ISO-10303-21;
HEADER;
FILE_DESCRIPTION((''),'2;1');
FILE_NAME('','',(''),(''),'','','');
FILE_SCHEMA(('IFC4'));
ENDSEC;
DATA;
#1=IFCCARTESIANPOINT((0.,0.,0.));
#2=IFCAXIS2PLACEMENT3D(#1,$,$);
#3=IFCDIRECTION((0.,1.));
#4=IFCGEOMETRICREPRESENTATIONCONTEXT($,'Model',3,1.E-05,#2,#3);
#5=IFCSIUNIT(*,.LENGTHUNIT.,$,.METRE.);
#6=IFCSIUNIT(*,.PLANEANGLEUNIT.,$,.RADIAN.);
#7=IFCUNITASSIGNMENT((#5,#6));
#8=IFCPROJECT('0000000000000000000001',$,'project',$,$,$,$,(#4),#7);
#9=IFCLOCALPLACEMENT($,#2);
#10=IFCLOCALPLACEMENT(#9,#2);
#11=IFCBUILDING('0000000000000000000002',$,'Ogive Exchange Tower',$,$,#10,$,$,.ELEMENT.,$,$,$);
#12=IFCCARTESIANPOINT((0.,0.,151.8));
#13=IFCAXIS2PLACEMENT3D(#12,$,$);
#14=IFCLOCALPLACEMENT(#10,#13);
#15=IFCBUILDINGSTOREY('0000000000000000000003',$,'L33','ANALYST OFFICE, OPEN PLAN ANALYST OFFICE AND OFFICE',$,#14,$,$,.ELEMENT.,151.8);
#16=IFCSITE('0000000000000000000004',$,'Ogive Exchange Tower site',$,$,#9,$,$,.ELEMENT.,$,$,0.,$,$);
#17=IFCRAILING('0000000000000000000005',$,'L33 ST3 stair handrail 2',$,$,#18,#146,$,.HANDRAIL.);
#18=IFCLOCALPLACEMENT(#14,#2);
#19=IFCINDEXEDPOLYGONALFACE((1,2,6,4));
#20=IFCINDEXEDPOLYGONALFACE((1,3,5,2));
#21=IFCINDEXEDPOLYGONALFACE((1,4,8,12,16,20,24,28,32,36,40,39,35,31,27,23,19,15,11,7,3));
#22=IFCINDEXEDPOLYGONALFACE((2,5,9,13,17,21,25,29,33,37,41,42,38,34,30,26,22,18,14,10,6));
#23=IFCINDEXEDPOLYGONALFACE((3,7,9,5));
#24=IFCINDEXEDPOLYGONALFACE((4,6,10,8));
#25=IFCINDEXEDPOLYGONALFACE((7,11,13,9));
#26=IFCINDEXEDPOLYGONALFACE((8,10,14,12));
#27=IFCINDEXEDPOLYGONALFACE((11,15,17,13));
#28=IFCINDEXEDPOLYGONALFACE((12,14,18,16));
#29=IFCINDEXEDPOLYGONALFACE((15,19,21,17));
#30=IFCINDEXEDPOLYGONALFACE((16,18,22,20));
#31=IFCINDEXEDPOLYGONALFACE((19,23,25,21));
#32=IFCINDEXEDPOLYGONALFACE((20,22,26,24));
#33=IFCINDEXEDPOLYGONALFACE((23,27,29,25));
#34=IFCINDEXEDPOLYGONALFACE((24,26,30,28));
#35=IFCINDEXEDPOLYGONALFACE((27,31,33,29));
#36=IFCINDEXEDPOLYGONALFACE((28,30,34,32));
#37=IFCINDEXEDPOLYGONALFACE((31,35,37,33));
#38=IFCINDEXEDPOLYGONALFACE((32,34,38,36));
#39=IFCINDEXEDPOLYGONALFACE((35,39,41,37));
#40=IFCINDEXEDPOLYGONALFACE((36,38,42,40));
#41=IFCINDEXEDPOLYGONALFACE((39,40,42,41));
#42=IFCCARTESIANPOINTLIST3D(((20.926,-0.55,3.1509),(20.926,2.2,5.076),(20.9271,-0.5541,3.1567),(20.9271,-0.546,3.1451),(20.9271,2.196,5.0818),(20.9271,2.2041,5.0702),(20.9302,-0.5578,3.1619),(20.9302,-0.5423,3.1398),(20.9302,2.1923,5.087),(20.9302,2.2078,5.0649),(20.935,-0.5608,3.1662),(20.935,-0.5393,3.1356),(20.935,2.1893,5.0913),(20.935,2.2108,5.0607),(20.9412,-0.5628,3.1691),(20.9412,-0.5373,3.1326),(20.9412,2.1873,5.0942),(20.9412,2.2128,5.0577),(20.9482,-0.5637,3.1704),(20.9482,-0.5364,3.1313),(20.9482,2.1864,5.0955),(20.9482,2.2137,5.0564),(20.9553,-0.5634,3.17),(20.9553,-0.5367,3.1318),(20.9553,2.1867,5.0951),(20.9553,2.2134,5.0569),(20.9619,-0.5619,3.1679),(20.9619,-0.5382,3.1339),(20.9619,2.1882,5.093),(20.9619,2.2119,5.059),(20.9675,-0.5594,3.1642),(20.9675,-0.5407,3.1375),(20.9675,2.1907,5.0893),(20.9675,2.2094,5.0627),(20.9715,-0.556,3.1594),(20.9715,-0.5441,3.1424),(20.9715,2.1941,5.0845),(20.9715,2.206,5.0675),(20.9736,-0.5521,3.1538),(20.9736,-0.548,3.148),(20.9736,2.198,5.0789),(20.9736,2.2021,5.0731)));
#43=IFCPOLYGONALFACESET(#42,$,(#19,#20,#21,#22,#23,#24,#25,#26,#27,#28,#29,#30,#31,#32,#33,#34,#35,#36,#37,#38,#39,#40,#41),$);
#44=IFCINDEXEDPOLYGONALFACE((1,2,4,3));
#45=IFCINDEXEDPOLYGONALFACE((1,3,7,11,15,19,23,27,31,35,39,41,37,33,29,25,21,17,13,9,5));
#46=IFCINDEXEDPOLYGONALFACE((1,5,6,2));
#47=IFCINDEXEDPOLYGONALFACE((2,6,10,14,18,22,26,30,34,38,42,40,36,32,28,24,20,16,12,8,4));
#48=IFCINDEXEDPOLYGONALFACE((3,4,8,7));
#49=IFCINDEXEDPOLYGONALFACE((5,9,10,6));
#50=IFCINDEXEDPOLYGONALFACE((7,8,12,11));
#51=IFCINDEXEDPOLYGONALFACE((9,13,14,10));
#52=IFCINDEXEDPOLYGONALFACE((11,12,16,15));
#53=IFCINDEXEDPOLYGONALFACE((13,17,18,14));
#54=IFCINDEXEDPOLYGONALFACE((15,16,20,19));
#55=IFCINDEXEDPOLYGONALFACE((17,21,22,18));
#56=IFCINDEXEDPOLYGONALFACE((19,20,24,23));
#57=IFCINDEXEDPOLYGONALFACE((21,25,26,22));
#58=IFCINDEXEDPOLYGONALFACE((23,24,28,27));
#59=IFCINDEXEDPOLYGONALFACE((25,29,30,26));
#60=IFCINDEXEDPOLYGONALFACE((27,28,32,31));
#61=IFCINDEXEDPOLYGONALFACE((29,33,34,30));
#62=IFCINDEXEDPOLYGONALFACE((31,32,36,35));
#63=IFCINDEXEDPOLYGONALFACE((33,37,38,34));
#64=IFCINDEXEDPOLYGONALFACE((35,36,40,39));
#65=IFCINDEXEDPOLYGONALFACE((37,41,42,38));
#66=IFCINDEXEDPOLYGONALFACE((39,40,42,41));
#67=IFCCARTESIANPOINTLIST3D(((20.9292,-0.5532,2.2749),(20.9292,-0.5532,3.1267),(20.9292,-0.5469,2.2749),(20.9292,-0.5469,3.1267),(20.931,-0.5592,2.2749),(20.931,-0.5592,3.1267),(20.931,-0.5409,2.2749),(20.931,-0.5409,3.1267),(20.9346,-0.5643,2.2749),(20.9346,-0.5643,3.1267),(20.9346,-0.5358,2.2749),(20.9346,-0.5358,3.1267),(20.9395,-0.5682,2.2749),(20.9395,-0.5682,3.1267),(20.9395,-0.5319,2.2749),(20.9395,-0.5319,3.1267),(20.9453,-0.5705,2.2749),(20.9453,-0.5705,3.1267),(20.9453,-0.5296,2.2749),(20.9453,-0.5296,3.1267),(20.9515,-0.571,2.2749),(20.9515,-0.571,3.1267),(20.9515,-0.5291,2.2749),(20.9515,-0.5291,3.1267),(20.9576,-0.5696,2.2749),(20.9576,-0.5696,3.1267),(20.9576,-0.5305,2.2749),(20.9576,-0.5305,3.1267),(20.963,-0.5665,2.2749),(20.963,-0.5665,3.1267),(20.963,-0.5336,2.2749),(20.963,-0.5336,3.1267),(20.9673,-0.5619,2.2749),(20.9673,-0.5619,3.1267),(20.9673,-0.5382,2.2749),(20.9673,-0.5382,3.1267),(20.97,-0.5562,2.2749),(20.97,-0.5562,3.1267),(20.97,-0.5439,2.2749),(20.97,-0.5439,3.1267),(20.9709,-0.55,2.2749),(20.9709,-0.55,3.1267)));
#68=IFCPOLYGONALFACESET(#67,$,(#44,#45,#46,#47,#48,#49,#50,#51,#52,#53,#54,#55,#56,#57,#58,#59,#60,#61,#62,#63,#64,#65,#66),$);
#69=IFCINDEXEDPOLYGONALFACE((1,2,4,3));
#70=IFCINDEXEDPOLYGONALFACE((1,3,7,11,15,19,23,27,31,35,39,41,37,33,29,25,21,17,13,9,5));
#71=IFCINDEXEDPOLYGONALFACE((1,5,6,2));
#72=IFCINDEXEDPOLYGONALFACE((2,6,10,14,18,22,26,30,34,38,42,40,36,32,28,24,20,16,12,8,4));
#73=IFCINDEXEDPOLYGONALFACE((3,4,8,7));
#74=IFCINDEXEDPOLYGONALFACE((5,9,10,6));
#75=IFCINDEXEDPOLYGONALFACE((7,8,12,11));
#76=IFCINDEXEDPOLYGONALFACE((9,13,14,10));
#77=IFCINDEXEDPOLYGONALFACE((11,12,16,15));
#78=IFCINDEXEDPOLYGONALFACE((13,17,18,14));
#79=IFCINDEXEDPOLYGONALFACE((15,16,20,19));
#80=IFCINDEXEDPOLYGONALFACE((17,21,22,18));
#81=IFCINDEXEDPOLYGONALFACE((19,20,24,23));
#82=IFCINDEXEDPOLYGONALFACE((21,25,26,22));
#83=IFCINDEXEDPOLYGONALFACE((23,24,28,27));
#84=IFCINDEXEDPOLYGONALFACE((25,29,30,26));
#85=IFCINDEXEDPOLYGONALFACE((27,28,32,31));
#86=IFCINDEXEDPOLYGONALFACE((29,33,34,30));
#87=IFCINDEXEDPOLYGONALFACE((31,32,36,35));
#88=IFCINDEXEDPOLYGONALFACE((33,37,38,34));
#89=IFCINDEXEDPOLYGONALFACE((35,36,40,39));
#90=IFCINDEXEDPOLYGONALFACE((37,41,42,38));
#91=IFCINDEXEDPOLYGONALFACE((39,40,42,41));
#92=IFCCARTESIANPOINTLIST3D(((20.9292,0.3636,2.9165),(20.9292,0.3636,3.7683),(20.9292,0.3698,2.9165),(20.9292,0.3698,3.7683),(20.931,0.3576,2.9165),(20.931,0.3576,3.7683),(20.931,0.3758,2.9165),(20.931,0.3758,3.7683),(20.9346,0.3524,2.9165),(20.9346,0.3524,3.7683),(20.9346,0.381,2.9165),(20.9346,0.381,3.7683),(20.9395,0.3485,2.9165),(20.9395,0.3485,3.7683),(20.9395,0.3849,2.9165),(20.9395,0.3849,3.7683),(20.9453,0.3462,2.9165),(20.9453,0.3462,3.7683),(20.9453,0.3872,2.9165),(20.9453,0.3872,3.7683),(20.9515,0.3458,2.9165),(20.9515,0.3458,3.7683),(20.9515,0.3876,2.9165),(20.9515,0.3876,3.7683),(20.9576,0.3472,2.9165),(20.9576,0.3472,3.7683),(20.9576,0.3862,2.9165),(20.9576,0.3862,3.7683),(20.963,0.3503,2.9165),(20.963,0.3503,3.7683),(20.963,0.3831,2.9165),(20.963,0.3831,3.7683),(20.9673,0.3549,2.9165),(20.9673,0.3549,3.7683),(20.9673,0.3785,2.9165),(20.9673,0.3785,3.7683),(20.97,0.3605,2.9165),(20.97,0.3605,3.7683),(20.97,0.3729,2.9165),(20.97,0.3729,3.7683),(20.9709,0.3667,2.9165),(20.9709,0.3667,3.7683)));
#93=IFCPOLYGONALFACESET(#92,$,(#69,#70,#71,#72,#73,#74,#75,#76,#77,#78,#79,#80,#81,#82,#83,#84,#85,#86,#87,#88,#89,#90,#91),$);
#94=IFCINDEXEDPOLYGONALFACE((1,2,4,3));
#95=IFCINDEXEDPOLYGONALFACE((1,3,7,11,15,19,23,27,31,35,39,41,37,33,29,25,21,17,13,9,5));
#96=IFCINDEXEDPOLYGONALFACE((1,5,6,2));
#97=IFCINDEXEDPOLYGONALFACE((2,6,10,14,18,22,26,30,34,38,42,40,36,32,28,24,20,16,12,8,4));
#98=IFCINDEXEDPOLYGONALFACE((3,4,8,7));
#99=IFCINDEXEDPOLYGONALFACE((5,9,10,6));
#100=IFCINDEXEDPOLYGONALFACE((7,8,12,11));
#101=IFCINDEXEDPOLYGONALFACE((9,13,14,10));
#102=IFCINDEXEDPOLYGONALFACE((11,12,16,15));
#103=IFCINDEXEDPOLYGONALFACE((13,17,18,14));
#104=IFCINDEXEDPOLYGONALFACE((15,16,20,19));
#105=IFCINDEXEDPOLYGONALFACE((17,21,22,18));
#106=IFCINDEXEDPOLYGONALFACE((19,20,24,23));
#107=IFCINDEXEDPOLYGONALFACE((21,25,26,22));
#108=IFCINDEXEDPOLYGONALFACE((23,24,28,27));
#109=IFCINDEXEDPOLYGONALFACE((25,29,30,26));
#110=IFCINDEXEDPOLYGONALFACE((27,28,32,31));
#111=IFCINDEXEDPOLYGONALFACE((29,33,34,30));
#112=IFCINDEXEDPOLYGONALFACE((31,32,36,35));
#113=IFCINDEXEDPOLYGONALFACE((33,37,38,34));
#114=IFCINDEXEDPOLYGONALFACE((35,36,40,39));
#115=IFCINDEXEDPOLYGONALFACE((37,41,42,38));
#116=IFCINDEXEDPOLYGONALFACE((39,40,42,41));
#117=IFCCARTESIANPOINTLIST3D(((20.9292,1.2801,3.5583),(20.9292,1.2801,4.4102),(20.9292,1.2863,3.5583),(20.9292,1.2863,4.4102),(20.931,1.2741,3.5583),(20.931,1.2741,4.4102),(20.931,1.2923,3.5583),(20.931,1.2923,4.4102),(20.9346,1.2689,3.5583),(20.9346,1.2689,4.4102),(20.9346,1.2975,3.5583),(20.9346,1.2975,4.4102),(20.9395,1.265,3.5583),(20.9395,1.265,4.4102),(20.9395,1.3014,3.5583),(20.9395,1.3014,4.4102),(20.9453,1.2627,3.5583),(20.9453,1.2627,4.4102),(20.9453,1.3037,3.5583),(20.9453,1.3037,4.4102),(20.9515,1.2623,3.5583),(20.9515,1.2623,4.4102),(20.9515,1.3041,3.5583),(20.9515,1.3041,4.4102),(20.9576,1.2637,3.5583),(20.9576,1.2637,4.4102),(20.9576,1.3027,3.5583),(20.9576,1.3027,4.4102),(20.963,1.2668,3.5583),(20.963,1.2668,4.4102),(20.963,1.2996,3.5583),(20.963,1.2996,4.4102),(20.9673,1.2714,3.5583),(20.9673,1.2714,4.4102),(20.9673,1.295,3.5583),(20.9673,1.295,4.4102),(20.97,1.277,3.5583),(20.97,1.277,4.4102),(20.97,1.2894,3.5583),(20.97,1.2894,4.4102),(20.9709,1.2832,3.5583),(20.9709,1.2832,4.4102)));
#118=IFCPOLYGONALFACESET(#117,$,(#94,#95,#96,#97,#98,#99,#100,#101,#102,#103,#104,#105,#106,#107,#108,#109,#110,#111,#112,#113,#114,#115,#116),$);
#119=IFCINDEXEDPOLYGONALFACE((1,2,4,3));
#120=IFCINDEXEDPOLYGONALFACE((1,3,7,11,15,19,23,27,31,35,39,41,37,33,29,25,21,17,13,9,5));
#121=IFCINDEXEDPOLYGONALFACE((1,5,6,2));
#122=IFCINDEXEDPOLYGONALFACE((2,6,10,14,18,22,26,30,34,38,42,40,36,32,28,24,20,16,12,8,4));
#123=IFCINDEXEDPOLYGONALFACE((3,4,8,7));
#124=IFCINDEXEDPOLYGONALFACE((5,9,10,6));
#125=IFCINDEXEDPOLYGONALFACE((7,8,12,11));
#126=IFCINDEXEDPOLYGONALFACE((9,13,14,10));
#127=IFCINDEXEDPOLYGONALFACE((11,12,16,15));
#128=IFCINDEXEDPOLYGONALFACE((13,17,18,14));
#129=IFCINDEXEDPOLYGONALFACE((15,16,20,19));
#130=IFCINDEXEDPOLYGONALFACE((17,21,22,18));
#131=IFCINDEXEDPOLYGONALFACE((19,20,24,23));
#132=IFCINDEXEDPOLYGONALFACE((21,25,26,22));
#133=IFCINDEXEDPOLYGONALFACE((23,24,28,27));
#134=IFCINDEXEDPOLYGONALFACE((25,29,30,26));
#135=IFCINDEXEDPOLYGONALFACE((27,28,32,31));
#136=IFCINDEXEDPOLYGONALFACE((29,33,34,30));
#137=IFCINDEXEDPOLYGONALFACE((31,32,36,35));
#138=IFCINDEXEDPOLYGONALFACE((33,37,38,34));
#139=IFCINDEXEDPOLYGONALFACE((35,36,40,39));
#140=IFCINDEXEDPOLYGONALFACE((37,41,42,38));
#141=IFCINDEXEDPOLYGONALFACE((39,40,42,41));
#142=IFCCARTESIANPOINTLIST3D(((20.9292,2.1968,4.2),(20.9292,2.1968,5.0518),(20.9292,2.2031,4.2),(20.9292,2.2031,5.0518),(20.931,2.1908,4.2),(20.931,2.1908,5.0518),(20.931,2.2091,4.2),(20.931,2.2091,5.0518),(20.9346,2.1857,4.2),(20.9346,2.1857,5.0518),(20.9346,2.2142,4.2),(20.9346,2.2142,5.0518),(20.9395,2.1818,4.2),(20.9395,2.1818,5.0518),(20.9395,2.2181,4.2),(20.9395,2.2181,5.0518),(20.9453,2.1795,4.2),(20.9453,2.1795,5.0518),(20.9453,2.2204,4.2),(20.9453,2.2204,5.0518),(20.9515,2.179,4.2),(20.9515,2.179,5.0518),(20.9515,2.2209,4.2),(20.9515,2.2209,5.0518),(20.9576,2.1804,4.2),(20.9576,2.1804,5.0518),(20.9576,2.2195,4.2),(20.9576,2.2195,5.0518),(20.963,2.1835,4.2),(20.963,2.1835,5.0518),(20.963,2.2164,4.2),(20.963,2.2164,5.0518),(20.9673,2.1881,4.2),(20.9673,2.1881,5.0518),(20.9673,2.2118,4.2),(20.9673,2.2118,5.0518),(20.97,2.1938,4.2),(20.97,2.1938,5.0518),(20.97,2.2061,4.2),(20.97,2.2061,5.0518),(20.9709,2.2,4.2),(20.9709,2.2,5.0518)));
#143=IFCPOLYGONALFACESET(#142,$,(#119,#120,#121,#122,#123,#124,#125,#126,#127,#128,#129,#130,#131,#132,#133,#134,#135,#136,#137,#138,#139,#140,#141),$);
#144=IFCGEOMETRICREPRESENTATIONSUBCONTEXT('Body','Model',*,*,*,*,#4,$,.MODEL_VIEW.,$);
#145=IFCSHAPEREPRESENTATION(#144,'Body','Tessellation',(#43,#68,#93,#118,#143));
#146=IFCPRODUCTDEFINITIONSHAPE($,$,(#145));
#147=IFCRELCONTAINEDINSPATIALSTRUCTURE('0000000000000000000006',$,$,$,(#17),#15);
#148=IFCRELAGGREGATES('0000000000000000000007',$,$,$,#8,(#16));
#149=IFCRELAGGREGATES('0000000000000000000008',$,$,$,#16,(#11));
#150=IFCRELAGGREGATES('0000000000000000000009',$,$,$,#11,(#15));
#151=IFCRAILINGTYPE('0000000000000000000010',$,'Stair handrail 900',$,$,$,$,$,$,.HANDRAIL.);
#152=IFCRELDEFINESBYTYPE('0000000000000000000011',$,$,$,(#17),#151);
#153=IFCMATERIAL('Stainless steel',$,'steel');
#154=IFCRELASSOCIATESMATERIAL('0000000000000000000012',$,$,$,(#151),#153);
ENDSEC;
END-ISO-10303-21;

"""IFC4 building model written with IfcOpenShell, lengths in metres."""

from ifc_helpers import new_model, si_unit, direction, frame, origin, origin_2d, place, context, subcontext, project, spatial, circle, extrude, material, type_object, element, save


model = new_model("IFC4")

# Units and contexts
model_context = context("Model", 3, precision=1e-05, world=origin(), true_north=direction((0.0, 1.0)))
body_context = subcontext(model_context, "Body", "Model", "MODEL_VIEW")
ifc_project = project(units=[si_unit("LENGTHUNIT", "METRE"), si_unit("PLANEANGLEUNIT", "RADIAN")], contexts=[model_context])

# Site, building, storey
site_placement = place(None, origin())
site = spatial("IfcSite", under=ifc_project, at=site_placement, Name="Ogive Exchange Tower site", CompositionType="ELEMENT", RefElevation=0.0)
building_placement = place(site_placement, origin())
building = spatial("IfcBuilding", under=site, at=building_placement, Name="Ogive Exchange Tower", CompositionType="ELEMENT")
storey_placement = place(building_placement, frame((0.0, 0.0, 151.8)))
storey = spatial("IfcBuildingStorey", under=building, at=storey_placement, Name="L33", Description="ANALYST OFFICE, OPEN PLAN ANALYST OFFICE AND OFFICE", CompositionType="ELEMENT", Elevation=151.8)

# Railing
ifc_material_1 = material(Name="Stainless steel", Category="steel")
railing_type = type_object("IfcRailingType", Name="Stair handrail 900", PredefinedType="HANDRAIL", material=ifc_material_1)
railing_placement = place(storey_placement, frame((20.95, -0.55, 2.2749)))
element("IfcRailing", 1, at=railing_placement, inside=storey, type_object=railing_type, Name="L33 ST3 stair handrail 2", PredefinedType="HANDRAIL", context=body_context, shape_type="SweptSolid", body=[
    extrude(circle(Radius=0.0239, at=origin_2d()), frame((0.0, 0.0, 0.876), z_axis=(0.0, 0.819225, 0.573472), x_axis=(-1.0, 0.0, 0.0)), (0.0, 0.0, 1.0), 3.3569),
    extrude(circle(Radius=0.021, at=origin_2d()), origin(), (0.0, 0.0, 1.0), 0.8518),
    extrude(circle(Radius=0.021, at=origin_2d()), frame((0.0, 0.9167, 0.6416)), (0.0, 0.0, 1.0), 0.8518),
    extrude(circle(Radius=0.021, at=origin_2d()), frame((0.0, 1.8333, 1.2834)), (0.0, 0.0, 1.0), 0.8518),
    extrude(circle(Radius=0.021, at=origin_2d()), frame((0.0, 2.75, 1.925)), (0.0, 0.0, 1.0), 0.8518),
])

save(model, "model.ifc")
